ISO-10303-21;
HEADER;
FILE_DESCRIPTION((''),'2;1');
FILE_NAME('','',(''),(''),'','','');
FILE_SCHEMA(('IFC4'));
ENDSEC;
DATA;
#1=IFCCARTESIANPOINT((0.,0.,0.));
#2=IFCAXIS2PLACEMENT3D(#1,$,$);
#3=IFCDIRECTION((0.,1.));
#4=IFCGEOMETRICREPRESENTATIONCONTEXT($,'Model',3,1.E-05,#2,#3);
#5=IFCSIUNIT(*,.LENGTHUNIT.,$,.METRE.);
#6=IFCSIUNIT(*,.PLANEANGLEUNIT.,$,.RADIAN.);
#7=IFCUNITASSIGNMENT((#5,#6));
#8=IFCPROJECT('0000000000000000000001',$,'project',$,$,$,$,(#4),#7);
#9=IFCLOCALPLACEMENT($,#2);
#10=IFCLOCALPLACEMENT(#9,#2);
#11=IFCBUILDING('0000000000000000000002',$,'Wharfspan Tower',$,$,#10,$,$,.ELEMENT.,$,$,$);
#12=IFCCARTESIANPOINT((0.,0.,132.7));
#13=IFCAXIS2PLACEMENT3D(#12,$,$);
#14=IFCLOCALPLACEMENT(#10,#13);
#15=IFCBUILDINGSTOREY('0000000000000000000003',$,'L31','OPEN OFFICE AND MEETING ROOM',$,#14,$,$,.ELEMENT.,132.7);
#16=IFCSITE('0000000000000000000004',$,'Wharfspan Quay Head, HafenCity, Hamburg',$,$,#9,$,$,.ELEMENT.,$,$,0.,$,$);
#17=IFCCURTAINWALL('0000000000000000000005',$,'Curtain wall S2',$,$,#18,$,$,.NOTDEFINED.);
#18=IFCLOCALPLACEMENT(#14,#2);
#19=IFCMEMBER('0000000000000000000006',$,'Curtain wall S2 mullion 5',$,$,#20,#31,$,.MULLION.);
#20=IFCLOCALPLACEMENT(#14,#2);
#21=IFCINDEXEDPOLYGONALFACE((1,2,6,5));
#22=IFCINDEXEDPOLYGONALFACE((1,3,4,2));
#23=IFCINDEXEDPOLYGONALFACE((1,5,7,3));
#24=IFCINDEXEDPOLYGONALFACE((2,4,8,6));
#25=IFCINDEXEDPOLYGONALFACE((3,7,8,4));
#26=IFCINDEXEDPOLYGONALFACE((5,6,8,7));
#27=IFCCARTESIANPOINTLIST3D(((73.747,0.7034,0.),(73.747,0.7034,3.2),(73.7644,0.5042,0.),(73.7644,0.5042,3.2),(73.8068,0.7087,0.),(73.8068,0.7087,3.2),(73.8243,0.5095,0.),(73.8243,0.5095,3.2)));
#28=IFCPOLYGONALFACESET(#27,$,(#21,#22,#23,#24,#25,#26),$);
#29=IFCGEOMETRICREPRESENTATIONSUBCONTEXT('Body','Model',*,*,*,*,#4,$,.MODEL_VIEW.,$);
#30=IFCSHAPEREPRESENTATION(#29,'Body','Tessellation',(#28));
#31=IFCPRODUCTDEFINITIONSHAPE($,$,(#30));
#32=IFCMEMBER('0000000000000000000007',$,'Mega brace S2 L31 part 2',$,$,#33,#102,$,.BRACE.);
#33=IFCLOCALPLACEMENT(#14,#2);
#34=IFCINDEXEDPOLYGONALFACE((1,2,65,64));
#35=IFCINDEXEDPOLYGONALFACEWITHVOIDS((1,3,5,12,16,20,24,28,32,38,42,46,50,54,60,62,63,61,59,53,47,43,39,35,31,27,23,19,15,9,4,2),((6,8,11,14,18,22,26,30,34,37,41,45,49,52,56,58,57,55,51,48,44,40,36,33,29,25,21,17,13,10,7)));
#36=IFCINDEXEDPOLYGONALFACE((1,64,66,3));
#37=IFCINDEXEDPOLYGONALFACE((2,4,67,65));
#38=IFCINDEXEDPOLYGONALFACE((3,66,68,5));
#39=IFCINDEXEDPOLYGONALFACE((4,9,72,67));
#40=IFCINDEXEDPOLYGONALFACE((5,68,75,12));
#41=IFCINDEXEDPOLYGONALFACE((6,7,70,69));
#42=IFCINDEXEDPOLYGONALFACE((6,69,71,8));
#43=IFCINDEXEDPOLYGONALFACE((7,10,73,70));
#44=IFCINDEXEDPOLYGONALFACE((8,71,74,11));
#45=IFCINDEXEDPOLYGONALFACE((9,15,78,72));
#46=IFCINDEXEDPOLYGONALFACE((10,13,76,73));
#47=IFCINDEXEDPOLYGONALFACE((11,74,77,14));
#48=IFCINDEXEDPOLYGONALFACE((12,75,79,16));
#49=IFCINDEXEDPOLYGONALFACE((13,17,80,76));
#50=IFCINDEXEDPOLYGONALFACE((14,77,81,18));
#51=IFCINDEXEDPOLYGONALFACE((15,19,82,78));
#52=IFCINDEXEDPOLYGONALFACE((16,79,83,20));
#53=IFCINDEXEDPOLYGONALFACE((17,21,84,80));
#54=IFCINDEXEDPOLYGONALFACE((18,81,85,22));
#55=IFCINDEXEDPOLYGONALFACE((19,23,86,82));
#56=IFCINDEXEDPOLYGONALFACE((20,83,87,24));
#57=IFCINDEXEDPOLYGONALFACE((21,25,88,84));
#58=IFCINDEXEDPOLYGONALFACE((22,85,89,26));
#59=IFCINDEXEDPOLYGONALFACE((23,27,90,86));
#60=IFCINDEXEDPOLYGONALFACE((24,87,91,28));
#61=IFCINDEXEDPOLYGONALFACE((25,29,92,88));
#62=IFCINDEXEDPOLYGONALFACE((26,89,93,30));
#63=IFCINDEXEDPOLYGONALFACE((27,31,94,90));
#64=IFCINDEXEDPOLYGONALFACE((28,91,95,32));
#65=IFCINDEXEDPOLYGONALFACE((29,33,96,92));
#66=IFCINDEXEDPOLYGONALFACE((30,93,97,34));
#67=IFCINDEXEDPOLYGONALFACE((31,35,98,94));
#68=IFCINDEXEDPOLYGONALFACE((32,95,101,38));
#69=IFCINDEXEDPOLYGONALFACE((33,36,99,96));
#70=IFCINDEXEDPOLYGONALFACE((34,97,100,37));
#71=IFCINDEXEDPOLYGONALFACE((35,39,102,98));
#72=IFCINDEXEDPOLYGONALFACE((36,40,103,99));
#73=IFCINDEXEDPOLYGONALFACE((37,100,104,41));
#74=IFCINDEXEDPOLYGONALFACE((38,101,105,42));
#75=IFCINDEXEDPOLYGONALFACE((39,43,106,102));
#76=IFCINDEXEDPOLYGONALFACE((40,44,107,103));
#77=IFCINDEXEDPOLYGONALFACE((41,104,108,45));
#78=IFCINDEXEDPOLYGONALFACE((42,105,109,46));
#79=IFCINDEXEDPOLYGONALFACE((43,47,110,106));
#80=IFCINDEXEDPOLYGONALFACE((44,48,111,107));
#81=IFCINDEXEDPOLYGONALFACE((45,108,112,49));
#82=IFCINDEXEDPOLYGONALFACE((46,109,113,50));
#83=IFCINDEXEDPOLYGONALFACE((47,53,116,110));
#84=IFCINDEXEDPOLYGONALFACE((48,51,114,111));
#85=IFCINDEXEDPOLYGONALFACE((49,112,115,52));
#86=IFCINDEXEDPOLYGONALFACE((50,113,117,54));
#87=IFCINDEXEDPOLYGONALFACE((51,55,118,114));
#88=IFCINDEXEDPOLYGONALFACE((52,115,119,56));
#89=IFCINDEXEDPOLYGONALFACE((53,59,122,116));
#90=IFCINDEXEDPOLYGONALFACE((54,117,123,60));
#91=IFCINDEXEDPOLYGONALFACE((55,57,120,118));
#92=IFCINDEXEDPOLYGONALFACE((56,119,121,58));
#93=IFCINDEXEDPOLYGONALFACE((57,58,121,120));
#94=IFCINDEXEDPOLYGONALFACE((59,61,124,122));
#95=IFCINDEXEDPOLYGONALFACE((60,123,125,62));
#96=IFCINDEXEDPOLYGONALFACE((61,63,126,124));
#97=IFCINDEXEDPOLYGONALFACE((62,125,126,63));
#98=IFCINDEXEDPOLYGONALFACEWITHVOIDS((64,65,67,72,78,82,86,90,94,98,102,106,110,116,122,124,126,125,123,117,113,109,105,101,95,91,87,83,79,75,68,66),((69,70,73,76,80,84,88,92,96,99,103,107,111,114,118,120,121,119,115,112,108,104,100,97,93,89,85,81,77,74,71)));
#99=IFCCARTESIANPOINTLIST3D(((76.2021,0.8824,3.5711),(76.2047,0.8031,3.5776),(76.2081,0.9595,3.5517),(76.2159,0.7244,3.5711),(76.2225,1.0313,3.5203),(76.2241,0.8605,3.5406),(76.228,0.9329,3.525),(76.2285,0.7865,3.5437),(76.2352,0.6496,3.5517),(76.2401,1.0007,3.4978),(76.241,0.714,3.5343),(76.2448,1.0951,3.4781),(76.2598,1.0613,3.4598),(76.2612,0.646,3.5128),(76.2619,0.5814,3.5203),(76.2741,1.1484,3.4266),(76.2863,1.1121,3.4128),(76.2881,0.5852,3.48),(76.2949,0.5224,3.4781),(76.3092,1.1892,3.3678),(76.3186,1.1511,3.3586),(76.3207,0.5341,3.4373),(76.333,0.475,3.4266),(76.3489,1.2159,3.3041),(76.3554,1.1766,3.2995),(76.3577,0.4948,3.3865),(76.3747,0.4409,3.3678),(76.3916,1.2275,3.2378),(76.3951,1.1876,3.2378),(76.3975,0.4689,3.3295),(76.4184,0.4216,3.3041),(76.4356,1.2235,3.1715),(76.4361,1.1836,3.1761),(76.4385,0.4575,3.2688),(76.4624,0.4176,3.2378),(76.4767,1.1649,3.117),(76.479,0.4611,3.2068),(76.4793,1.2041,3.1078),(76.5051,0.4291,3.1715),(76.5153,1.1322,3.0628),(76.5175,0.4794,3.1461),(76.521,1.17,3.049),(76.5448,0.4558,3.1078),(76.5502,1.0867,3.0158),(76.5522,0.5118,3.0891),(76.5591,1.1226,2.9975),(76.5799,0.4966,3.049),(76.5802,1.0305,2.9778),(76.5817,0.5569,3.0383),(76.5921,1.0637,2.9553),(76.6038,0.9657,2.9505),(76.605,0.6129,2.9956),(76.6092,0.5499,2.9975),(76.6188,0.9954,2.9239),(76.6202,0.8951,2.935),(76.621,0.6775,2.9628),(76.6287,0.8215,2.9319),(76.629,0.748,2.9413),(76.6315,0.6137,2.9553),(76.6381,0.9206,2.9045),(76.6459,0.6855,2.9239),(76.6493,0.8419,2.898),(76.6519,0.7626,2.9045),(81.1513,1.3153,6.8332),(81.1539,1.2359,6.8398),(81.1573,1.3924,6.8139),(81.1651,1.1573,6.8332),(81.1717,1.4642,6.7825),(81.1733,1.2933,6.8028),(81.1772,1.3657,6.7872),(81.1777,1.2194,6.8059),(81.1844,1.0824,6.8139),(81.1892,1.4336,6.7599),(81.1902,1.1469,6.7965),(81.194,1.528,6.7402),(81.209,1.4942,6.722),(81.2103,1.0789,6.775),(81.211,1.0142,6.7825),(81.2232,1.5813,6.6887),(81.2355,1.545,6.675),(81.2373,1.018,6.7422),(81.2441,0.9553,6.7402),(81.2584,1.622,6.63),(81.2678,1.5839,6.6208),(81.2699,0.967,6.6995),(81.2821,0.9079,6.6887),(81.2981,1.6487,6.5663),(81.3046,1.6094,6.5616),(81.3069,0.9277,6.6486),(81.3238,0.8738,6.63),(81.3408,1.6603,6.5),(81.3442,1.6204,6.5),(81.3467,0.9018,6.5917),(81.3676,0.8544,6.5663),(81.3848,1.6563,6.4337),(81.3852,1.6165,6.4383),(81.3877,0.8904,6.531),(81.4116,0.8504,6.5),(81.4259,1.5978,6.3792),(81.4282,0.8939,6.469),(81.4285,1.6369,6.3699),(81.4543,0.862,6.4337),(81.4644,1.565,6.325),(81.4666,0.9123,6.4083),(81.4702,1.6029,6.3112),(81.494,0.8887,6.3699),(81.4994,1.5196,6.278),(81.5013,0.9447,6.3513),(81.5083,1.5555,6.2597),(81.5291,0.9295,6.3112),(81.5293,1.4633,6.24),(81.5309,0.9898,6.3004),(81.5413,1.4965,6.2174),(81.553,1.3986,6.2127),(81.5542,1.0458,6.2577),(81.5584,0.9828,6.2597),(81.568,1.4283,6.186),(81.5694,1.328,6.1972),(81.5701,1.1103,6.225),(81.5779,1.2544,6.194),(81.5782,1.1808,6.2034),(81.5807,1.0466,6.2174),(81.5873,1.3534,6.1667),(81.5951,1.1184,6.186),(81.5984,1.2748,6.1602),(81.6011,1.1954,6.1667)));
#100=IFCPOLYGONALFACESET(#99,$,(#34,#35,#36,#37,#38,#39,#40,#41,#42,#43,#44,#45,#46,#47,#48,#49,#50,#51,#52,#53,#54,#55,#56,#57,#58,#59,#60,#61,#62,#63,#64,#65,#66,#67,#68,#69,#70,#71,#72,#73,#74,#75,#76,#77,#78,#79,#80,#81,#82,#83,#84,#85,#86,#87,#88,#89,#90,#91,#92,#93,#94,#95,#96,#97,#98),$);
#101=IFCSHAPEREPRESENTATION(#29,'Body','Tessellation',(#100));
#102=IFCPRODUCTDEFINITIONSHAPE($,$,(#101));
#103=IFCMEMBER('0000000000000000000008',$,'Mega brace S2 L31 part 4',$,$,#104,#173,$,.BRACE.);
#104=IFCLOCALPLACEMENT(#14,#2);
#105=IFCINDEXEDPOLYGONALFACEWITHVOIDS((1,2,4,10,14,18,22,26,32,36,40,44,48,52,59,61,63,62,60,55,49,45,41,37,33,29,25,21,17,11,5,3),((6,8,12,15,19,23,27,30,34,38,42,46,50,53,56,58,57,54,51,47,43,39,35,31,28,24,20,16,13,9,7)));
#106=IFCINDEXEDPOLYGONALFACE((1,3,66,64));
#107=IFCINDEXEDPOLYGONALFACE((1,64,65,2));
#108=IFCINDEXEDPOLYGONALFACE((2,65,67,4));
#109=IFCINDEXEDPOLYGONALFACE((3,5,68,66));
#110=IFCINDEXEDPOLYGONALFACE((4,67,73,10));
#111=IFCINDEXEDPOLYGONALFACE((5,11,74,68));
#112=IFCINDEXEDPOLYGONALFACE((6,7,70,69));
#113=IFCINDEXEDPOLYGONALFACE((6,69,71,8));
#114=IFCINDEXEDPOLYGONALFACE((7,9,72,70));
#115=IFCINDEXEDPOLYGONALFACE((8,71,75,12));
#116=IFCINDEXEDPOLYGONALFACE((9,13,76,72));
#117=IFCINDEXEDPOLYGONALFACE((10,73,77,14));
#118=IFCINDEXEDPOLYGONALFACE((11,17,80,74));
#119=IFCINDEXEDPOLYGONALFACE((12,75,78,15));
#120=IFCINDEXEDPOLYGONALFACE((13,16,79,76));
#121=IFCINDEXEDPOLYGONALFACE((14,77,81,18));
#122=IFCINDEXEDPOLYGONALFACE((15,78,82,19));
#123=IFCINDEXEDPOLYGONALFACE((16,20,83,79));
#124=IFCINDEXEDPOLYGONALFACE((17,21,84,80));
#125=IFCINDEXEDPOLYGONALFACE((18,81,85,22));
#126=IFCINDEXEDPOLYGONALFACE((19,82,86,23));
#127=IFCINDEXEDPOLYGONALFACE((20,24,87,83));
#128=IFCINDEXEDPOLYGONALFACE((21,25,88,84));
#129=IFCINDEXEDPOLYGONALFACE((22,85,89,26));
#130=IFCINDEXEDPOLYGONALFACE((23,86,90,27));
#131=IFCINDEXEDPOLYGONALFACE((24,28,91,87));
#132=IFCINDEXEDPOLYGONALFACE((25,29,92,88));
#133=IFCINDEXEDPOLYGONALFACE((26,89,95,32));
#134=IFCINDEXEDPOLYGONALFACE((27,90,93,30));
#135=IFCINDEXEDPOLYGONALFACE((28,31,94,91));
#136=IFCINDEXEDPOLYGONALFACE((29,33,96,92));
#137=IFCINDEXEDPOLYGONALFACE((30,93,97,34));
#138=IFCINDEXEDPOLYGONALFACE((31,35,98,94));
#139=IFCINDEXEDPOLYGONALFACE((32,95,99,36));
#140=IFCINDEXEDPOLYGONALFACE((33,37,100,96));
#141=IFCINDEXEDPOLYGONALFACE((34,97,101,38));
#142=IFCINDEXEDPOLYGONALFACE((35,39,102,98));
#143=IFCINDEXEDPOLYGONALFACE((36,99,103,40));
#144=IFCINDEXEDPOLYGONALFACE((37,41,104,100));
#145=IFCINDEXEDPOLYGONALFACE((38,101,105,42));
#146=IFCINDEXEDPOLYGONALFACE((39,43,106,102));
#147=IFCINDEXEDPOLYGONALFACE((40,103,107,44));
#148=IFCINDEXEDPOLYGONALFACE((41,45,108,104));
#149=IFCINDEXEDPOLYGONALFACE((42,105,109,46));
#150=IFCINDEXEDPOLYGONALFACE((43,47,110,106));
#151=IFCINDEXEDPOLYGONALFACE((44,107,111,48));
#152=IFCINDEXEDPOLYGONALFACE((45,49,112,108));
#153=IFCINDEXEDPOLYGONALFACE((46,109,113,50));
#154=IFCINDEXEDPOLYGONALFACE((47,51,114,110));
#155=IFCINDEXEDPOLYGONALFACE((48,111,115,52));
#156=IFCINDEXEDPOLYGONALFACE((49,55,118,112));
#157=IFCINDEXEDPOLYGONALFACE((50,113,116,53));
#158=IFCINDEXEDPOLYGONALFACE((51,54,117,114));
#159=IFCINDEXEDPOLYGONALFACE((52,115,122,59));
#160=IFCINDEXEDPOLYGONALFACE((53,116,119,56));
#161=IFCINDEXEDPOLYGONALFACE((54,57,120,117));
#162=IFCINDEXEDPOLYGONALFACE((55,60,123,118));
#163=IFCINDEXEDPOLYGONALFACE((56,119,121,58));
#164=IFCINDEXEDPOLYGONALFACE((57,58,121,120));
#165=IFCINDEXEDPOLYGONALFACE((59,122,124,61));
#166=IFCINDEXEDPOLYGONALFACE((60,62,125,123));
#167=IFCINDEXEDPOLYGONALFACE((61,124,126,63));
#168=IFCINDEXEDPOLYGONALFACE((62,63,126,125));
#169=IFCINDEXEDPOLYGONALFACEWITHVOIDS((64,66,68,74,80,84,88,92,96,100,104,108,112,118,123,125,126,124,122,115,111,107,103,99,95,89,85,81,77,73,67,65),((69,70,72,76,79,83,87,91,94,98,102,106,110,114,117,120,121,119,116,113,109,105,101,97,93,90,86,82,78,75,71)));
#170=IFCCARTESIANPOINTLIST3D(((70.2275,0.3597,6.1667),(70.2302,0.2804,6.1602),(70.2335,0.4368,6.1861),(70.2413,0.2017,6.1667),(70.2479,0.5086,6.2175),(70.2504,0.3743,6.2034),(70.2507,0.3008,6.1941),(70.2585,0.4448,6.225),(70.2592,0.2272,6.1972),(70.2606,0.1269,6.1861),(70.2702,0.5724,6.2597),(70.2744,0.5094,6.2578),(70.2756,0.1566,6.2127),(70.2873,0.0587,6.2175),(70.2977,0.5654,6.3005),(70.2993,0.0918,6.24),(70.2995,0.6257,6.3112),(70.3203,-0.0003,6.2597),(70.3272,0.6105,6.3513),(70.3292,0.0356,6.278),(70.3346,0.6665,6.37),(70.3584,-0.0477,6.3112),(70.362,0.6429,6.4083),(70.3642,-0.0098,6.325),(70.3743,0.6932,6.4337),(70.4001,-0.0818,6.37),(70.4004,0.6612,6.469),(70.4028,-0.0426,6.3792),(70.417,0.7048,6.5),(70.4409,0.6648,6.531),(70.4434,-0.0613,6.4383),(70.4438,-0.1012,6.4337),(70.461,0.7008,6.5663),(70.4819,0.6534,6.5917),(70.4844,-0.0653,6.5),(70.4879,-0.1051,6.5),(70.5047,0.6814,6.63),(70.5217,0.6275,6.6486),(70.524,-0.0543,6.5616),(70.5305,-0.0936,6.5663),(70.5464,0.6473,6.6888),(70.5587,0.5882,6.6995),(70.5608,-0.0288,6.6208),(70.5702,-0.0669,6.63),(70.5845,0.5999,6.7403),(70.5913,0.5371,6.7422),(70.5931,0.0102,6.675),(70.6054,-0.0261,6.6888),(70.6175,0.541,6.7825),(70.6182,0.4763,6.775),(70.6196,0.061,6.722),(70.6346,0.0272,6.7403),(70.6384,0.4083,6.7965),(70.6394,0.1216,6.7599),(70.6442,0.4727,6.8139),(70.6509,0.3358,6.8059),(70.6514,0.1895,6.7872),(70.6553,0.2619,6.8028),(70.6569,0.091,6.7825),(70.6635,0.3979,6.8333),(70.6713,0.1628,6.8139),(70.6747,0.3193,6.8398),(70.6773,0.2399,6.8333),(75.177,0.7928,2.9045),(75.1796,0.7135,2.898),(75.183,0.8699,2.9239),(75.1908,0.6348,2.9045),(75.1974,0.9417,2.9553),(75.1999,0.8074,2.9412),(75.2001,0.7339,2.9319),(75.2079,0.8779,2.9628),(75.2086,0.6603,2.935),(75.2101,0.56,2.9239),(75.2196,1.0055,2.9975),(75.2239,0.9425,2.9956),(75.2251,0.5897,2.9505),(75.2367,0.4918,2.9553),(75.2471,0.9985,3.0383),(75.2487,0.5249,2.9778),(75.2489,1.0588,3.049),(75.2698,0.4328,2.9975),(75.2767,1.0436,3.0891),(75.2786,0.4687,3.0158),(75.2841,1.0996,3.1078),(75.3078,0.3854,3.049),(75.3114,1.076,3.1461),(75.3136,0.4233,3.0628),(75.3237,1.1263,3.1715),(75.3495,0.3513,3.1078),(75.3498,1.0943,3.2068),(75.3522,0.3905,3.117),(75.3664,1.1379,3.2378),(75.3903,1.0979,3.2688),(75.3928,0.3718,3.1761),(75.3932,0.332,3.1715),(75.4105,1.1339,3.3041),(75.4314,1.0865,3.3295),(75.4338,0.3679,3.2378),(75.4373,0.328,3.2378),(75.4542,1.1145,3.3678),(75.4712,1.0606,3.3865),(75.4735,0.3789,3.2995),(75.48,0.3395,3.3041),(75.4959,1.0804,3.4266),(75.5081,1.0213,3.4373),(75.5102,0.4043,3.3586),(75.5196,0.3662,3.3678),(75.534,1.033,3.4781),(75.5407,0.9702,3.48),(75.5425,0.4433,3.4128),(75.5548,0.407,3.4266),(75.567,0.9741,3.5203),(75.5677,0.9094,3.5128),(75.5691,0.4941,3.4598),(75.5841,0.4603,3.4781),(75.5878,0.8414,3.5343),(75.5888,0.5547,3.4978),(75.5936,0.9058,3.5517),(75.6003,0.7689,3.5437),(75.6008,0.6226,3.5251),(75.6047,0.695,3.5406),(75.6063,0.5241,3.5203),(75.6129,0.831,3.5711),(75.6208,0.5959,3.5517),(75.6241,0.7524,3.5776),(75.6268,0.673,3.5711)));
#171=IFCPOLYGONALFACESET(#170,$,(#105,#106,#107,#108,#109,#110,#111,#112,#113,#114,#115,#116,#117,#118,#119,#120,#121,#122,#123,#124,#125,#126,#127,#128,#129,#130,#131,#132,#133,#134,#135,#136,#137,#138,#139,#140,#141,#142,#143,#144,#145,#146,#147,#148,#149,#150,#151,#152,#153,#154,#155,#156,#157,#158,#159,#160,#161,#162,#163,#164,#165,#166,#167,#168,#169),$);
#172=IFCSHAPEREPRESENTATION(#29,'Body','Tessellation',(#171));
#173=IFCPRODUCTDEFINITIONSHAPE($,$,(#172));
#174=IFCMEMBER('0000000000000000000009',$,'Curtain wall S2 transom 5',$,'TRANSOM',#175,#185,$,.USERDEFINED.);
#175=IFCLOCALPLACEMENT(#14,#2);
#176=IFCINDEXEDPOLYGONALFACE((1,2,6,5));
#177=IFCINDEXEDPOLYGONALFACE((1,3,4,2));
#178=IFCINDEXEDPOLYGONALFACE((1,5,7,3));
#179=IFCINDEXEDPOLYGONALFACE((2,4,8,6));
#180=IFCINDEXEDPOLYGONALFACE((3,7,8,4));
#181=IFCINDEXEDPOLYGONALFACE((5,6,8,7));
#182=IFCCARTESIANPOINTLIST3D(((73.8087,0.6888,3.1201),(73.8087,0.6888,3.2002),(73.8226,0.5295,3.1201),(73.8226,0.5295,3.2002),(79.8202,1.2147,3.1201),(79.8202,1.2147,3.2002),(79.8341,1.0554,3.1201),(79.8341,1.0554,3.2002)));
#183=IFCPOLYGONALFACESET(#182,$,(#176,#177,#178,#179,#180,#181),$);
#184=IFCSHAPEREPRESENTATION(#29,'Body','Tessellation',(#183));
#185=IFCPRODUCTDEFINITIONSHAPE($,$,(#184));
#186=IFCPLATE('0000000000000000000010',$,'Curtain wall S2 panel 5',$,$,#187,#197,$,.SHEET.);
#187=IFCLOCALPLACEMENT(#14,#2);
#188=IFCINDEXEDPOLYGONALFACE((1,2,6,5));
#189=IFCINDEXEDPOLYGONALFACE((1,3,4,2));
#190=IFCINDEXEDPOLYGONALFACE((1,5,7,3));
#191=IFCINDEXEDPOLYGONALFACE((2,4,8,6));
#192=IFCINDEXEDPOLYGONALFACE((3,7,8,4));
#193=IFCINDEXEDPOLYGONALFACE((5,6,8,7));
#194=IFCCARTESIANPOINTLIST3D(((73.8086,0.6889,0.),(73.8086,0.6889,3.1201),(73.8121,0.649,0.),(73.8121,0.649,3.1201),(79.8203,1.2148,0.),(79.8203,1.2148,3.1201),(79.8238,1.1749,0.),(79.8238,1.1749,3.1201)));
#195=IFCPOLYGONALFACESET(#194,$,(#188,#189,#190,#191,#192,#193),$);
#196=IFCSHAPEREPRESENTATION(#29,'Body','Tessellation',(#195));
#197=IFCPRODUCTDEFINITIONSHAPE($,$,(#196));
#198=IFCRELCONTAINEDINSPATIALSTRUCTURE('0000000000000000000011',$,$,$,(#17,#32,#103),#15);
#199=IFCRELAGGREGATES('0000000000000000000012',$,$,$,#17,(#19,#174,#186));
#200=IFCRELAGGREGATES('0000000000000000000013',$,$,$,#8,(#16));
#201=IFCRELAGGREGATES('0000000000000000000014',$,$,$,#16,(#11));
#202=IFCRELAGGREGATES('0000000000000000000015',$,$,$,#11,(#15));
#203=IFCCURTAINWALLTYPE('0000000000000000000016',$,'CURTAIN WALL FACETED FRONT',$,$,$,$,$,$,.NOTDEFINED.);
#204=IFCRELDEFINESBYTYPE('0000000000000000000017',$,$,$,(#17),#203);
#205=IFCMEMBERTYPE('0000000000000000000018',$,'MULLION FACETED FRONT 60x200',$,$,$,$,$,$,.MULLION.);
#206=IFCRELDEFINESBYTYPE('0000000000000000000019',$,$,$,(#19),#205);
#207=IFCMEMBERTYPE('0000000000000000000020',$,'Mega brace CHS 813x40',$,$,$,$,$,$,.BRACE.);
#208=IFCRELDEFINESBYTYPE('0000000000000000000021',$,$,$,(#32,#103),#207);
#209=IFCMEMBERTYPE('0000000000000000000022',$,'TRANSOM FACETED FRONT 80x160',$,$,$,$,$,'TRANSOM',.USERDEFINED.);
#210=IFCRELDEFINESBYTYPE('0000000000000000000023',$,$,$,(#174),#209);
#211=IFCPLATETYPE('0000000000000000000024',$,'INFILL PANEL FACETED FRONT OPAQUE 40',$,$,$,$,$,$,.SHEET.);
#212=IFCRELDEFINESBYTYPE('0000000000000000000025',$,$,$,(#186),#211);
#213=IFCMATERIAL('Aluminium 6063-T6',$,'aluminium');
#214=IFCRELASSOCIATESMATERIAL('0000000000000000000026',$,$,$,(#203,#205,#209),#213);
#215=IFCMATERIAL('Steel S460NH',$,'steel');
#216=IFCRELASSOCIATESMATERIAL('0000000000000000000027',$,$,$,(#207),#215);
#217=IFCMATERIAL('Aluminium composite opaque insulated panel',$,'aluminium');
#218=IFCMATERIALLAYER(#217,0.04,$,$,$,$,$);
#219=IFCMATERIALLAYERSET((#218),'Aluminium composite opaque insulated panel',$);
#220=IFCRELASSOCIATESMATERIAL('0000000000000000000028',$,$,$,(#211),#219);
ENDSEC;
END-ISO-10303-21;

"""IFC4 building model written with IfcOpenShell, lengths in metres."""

from ifc_helpers import new_model, si_unit, direction, frame, origin, origin_2d, place, context, subcontext, project, spatial, rectangle, hollow_circle, extrude, material, layer, layer_set, material_profile, profile_set, type_object, element, aggregate, save


model = new_model("IFC4")

# Units and contexts
model_context = context("Model", 3, precision=1e-05, world=origin(), true_north=direction((0.0, 1.0)))
body_context = subcontext(model_context, "Body", "Model", "MODEL_VIEW")
ifc_project = project(units=[si_unit("LENGTHUNIT", "METRE"), si_unit("PLANEANGLEUNIT", "RADIAN")], contexts=[model_context])

# Site, building, storey
site_placement = place(None, origin())
site = spatial("IfcSite", under=ifc_project, at=site_placement, Name="Wharfspan Quay Head, HafenCity, Hamburg", CompositionType="ELEMENT", RefElevation=0.0)
building_placement = place(site_placement, origin())
building = spatial("IfcBuilding", under=site, at=building_placement, Name="Wharfspan Tower", CompositionType="ELEMENT")
storey_placement = place(building_placement, frame((0.0, 0.0, 132.7)))
storey = spatial("IfcBuildingStorey", under=building, at=storey_placement, Name="L31", Description="OPEN OFFICE AND MEETING ROOM", CompositionType="ELEMENT", Elevation=132.7)

# Curtain wall, member
ifc_material_1 = material(Name="Aluminium 6063-T6", Category="aluminium")
curtain_wall_type = type_object("IfcCurtainWallType", Name="CURTAIN WALL FACETED FRONT", PredefinedType="NOTDEFINED", material=ifc_material_1)
curtain_wall_placement = place(storey_placement, origin())
curtain_wall = element("IfcCurtainWall", 1, at=curtain_wall_placement, inside=storey, type_object=curtain_wall_type, Name="Curtain wall S2", PredefinedType="NOTDEFINED")
ifc_material_profile_1 = material_profile(ifc_material_1, rectangle(XDim=0.2, YDim=0.0601, at=origin_2d()))
ifc_profile_set_1 = profile_set([ifc_material_profile_1], Name="Aluminium 6063-T6")
member_type_1 = type_object("IfcMemberType", Name="MULLION FACETED FRONT 60x200", PredefinedType="MULLION", material=ifc_profile_set_1)
member_1_placement = place(storey_placement, frame((73.7856, 0.6064, 0.0), z_axis=(0.0, 0.0, 1.0), x_axis=(-0.087156, 0.996198, 0.0)))
member_1 = element("IfcMember", 2, at=member_1_placement, type_object=member_type_1, Name="Curtain wall S2 mullion 5", PredefinedType="MULLION", context=body_context, shape_type="SweptSolid", body=[
    extrude(rectangle(XDim=0.2, YDim=0.0601, at=origin_2d()), origin(), (0.0, 0.0, 1.0), 3.2),
])

# Members
ifc_material_2 = material(Name="Steel S460NH", Category="steel")
ifc_material_profile_2 = material_profile(ifc_material_2, hollow_circle(Radius=0.4065, WallThickness=0.04, at=origin_2d()))
ifc_profile_set_2 = profile_set([ifc_material_profile_2], Name="Steel S460NH")
member_type_2 = type_object("IfcMemberType", Name="Mega brace CHS 813x40", PredefinedType="BRACE", material=ifc_profile_set_2)
member_2_placement = place(storey_placement, frame((76.427, 0.8225, 3.2378), z_axis=(0.832724, 0.07283, 0.548878), x_axis=(-0.087128, 0.996197, 0.000001)))
element("IfcMember", 3, at=member_2_placement, inside=storey, type_object=member_type_2, Name="Mega brace S2 L31 part 2", PredefinedType="BRACE", context=body_context, shape_type="SweptSolid", body=[
    extrude(hollow_circle(Radius=0.4065, WallThickness=0.04, at=origin_2d()), origin(), (0.0, 0.0, 1.0), 5.9434),
])
member_3_placement = place(storey_placement, frame((75.4019, 0.7329, 3.2378), z_axis=(-0.832734, -0.072869, 0.548858), x_axis=(0.087173, -0.99619, 0.000001)))
element("IfcMember", 4, at=member_3_placement, inside=storey, type_object=member_type_2, Name="Mega brace S2 L31 part 4", PredefinedType="BRACE", context=body_context, shape_type="SweptSolid", body=[
    extrude(hollow_circle(Radius=0.4065, WallThickness=0.04, at=origin_2d()), origin(), (0.0, 0.0, 1.0), 5.9436),
])

# Member
ifc_material_profile_3 = material_profile(ifc_material_1, rectangle(XDim=0.1599, YDim=0.0801, at=origin_2d()))
ifc_profile_set_3 = profile_set([ifc_material_profile_3], Name="Aluminium 6063-T6")
member_type_3 = type_object("IfcMemberType", Name="TRANSOM FACETED FRONT 80x160", ElementType="TRANSOM", PredefinedType="USERDEFINED", material=ifc_profile_set_3)
member_4_placement = place(storey_placement, frame((73.8157, 0.6091, 3.1602), z_axis=(0.996196, 0.087146, 0.0), x_axis=(-0.087146, 0.996196, 0.0)))
member_4 = element("IfcMember", 5, at=member_4_placement, type_object=member_type_3, Name="Curtain wall S2 transom 5", ObjectType="TRANSOM", PredefinedType="USERDEFINED", context=body_context, shape_type="SweptSolid", body=[
    extrude(rectangle(XDim=0.1599, YDim=0.0801, at=origin_2d()), origin(), (0.0, 0.0, 1.0), 6.0344),
])

# Plate
ifc_material_3 = material(Name="Aluminium composite opaque insulated panel", Category="aluminium")
ifc_layer_1 = layer(ifc_material_3, 0.04)
ifc_layer_set_1 = layer_set([ifc_layer_1], Name="Aluminium composite opaque insulated panel")
plate_type = type_object("IfcPlateType", Name="INFILL PANEL FACETED FRONT OPAQUE 40", PredefinedType="SHEET", material=ifc_layer_set_1)
plate_placement = place(storey_placement, frame((76.8162, 0.9319, 0.0), z_axis=(0.0, 0.0, 1.0), x_axis=(0.996198, 0.087156, 0.0)))
plate = element("IfcPlate", 6, at=plate_placement, type_object=plate_type, Name="Curtain wall S2 panel 5", PredefinedType="SHEET", context=body_context, shape_type="SweptSolid", body=[
    extrude(rectangle(XDim=6.0347, YDim=0.04, at=origin_2d()), origin(), (0.0, 0.0, 1.0), 3.1201),
])
aggregate(curtain_wall, [member_1, member_4, plate])

save(model, "model.ifc")
